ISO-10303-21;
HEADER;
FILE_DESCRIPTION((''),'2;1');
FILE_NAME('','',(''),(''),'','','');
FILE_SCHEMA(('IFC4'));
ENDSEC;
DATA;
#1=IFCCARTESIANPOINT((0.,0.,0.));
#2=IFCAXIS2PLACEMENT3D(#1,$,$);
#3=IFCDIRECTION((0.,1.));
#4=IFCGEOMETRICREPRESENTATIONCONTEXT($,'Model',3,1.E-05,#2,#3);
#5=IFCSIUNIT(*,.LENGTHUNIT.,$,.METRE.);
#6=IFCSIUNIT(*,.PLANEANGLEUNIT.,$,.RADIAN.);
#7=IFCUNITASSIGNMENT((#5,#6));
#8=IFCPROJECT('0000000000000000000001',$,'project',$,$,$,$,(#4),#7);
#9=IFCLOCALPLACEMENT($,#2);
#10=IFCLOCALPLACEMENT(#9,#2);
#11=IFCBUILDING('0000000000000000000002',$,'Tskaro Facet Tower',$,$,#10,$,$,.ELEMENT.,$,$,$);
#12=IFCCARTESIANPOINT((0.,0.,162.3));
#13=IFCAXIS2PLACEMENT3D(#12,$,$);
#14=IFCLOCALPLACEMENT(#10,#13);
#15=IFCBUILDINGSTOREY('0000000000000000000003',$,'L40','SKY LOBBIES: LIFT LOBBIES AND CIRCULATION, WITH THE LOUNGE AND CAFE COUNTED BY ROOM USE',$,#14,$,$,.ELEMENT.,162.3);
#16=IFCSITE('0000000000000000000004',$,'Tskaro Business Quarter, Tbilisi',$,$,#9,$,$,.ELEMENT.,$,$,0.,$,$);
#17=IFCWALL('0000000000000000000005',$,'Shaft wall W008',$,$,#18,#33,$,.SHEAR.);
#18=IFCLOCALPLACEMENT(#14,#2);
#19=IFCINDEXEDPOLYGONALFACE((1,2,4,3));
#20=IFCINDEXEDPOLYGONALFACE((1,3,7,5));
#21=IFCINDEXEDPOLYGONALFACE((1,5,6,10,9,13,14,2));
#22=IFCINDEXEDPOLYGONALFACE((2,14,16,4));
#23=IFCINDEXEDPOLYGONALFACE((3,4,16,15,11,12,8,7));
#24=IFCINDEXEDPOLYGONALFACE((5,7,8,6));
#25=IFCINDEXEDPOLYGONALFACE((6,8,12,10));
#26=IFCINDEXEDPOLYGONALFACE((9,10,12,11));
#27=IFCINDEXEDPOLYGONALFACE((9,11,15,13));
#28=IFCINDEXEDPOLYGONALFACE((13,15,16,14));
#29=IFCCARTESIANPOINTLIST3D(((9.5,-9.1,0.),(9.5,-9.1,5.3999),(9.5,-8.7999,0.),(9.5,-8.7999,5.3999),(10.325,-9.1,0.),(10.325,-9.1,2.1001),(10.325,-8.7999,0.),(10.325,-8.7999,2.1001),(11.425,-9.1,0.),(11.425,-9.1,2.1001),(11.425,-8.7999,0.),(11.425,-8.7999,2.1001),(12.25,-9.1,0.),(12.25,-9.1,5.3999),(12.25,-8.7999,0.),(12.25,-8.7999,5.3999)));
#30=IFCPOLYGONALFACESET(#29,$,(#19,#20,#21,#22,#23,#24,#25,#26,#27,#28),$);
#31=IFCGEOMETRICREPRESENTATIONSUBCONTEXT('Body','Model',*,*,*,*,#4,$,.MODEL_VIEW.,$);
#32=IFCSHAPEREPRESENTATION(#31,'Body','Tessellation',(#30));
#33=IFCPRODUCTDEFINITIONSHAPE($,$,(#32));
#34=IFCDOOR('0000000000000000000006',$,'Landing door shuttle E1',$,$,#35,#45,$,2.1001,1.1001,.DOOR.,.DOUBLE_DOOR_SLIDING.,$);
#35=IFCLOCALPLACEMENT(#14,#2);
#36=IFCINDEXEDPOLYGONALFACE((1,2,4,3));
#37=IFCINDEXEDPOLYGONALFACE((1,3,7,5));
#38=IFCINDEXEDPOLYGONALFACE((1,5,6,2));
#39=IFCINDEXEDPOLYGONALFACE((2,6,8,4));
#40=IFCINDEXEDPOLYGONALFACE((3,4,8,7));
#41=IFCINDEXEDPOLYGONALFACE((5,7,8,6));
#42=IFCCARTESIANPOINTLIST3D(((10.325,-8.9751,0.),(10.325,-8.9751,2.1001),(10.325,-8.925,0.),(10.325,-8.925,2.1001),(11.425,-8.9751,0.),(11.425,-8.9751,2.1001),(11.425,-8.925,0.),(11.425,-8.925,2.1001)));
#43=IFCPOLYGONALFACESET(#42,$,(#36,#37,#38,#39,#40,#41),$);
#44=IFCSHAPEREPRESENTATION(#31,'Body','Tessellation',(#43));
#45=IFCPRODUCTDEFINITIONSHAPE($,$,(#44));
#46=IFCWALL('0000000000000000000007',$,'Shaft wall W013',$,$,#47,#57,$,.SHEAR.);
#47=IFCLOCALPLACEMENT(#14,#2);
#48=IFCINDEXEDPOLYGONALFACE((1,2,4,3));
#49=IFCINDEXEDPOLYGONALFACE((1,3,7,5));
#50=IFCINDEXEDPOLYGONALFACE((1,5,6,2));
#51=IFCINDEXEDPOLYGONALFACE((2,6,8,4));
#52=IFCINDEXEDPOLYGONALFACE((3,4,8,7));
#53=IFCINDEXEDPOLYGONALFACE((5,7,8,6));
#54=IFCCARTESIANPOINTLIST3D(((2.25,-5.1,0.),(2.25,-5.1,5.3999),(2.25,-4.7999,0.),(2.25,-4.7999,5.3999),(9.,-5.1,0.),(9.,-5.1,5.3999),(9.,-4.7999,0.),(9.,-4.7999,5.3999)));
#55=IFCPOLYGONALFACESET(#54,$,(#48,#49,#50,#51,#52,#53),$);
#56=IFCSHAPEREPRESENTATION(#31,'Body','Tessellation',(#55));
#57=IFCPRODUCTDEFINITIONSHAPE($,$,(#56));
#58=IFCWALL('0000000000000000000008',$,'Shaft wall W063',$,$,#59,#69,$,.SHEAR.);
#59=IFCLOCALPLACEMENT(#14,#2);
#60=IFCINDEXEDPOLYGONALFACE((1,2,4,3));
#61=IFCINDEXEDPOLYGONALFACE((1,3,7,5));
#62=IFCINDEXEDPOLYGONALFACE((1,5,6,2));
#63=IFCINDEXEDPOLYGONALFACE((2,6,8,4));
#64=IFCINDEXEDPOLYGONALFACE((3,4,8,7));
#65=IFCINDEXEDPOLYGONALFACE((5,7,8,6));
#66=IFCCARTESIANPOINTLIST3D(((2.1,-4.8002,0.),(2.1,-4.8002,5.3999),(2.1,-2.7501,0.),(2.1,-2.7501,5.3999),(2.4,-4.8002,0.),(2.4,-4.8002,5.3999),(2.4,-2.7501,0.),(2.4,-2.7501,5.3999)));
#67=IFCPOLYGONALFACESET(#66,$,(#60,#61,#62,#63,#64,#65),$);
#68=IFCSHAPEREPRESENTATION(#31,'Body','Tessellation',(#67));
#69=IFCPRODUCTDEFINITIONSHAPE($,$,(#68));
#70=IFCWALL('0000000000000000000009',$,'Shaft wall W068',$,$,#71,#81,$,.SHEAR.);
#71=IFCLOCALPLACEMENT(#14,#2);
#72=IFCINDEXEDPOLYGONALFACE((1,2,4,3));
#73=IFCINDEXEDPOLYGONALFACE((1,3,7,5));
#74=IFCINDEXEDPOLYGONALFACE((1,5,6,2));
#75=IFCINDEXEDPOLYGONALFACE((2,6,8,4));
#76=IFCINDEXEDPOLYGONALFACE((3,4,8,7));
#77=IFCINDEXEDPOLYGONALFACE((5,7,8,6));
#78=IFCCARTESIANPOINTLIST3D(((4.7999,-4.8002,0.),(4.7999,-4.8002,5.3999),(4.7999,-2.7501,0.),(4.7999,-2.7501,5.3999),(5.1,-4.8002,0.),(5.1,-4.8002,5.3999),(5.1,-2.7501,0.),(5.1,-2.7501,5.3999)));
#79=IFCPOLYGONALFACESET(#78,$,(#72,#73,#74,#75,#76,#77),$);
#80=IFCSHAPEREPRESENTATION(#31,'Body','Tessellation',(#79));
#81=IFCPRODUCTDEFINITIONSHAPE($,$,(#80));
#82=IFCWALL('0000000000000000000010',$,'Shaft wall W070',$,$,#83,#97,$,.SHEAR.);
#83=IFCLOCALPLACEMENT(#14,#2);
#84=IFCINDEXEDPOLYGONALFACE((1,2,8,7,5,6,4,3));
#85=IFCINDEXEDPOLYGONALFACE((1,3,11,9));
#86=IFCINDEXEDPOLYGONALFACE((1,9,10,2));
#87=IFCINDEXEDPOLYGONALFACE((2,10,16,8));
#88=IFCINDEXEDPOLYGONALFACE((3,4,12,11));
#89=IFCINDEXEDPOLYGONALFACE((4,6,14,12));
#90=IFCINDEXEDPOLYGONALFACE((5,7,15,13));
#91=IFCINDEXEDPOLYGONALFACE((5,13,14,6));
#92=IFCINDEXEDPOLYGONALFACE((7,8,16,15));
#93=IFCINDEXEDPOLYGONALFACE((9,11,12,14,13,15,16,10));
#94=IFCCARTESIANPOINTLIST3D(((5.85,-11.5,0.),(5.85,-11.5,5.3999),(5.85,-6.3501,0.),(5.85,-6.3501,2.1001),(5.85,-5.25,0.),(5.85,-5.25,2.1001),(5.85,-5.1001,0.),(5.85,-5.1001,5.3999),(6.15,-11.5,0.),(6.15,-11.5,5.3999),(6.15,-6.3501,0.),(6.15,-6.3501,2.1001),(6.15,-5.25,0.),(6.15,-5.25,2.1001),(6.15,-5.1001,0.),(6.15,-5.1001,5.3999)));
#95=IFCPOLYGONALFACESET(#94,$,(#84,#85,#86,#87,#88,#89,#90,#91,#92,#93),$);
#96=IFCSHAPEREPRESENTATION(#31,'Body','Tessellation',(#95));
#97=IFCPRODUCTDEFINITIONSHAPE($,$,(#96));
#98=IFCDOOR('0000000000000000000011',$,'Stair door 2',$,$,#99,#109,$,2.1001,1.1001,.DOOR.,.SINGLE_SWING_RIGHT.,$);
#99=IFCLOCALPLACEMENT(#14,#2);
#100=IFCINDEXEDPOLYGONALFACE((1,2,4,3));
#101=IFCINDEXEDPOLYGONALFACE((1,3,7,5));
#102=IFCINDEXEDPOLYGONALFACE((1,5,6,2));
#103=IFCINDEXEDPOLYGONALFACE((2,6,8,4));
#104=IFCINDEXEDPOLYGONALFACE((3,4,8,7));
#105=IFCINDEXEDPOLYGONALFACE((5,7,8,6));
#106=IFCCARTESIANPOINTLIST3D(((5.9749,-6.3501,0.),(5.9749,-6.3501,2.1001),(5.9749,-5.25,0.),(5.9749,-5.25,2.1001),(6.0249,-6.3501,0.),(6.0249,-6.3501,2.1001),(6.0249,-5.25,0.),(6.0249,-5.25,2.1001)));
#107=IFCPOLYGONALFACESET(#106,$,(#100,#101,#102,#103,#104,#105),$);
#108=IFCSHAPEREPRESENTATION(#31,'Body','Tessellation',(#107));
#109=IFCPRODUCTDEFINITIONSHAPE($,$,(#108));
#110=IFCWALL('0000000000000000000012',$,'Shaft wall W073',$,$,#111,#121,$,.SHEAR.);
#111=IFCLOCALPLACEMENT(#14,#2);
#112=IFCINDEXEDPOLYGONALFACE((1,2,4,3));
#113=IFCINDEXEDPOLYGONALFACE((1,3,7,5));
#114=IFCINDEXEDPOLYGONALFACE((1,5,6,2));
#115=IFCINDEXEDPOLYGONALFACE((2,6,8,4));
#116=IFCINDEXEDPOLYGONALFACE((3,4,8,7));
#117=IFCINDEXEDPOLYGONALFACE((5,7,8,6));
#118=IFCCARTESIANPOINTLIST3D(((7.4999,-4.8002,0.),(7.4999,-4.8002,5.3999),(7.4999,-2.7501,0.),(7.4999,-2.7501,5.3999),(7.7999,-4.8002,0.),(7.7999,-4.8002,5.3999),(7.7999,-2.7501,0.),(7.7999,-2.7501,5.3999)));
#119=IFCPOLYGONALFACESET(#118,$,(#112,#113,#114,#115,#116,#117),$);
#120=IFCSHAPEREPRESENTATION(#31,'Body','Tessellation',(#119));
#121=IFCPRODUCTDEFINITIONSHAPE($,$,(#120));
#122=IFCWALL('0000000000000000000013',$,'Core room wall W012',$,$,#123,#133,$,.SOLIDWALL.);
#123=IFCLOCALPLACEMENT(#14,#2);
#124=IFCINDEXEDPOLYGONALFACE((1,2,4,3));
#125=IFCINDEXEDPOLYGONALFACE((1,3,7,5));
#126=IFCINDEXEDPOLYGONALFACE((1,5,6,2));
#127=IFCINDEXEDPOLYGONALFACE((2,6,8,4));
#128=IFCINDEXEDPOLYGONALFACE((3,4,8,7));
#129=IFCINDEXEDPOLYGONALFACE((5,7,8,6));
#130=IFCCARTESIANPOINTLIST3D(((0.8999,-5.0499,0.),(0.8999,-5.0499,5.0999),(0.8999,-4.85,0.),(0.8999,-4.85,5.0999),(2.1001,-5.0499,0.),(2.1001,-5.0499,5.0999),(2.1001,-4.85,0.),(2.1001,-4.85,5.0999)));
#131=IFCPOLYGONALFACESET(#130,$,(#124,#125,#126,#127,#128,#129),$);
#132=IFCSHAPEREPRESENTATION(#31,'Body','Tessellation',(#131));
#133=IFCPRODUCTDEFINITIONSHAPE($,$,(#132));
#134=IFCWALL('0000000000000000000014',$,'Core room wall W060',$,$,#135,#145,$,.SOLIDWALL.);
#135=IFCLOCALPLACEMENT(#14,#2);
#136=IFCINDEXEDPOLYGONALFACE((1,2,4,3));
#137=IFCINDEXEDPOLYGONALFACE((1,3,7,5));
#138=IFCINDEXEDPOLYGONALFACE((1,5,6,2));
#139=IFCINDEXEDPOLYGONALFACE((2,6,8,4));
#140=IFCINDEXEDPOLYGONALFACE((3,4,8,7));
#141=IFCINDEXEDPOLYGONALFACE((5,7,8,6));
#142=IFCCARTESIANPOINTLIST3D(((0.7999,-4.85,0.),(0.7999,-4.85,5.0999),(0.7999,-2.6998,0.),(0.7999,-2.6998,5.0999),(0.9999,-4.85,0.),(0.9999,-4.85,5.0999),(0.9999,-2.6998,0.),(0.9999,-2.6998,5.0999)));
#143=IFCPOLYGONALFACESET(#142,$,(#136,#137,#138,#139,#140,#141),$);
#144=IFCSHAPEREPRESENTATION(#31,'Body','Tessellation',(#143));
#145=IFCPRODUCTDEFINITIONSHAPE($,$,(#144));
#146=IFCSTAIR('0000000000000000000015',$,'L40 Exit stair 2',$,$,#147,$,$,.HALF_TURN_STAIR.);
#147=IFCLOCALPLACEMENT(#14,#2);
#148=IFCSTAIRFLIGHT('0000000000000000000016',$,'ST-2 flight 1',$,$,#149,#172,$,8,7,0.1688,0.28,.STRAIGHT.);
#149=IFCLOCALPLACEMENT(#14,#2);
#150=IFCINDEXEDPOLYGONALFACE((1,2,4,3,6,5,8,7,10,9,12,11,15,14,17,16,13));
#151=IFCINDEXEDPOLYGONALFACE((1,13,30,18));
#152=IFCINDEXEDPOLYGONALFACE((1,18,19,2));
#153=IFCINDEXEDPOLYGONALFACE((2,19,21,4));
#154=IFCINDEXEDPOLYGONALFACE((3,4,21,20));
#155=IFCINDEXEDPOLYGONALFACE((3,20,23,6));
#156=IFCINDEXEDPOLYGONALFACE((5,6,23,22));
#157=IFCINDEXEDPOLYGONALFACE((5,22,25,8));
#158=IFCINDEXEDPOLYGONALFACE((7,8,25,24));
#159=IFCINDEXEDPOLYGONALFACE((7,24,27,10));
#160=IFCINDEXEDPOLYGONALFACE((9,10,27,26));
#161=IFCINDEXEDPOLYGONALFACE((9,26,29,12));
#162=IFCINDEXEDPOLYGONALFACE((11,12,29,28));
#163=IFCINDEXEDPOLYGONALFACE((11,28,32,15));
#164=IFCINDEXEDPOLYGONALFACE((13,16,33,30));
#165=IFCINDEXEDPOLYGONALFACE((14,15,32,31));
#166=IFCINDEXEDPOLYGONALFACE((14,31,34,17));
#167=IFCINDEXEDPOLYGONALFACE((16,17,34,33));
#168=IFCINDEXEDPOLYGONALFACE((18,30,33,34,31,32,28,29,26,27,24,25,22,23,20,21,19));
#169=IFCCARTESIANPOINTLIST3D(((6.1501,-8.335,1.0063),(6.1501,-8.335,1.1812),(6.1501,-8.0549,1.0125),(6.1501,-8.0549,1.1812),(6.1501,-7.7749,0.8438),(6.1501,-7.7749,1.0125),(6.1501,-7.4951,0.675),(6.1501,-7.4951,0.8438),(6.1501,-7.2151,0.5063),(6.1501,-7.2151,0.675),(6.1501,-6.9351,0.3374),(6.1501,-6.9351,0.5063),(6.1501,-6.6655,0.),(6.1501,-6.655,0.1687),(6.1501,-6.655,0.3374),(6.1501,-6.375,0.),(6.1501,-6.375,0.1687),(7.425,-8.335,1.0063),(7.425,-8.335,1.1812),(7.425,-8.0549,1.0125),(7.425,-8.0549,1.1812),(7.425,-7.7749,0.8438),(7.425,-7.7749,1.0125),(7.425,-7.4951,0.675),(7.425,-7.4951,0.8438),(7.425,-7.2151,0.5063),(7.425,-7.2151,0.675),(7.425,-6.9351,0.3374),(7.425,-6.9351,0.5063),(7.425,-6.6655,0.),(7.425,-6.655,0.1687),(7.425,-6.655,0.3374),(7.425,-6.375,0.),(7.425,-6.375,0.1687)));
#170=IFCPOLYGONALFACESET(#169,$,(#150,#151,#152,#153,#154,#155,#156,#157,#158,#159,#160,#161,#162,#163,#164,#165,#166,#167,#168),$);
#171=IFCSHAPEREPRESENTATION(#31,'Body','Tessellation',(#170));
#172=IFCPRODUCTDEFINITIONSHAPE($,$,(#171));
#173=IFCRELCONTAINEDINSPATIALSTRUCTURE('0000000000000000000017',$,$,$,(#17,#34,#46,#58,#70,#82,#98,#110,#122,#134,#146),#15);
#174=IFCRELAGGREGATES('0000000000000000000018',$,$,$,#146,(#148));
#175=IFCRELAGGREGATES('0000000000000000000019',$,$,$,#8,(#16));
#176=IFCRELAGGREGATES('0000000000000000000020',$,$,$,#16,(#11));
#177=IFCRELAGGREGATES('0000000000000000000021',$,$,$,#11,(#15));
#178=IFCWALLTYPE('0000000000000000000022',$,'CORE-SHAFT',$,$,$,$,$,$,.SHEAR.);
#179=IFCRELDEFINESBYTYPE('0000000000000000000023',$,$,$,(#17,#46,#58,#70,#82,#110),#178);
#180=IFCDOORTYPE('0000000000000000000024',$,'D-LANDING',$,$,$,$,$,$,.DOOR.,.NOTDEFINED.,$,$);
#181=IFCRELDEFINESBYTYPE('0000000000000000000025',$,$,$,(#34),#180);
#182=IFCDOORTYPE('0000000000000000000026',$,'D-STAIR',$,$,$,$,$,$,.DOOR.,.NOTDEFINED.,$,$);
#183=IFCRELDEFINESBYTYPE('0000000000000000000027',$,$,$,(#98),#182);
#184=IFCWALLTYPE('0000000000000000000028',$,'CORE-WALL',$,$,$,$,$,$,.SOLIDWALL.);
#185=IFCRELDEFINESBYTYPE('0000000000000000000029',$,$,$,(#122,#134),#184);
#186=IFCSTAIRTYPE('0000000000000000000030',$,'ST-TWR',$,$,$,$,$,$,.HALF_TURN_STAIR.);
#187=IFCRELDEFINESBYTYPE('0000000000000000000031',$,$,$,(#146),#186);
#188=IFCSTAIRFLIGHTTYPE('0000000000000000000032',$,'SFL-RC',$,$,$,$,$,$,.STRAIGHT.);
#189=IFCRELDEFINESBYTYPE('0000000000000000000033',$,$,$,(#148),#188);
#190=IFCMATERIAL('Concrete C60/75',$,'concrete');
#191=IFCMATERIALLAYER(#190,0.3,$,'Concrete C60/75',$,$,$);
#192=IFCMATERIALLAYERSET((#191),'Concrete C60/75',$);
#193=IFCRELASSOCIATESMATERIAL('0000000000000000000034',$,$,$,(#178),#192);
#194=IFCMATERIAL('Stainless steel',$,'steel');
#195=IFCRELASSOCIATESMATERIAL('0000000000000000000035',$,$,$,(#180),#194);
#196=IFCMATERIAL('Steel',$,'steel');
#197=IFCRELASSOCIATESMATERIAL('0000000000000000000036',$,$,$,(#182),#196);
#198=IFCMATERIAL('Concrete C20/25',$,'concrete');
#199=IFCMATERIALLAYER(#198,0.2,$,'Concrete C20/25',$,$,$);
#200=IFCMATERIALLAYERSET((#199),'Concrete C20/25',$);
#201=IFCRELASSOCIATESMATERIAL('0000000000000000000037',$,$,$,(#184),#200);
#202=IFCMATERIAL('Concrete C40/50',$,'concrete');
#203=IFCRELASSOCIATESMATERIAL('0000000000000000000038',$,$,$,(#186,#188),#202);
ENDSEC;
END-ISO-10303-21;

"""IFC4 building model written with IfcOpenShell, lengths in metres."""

from ifc_helpers import new_model, si_unit, direction, frame, frame_2d, origin, place, context, subcontext, project, spatial, polyline, rectangle, outline, extrude, material, layer, layer_set, type_object, element, fill, aggregate, save


model = new_model("IFC4")

# Units and contexts
model_context = context("Model", 3, precision=1e-05, world=origin(), true_north=direction((0.0, 1.0)))
body_context = subcontext(model_context, "Body", "Model", "MODEL_VIEW")
ifc_project = project(units=[si_unit("LENGTHUNIT", "METRE"), si_unit("PLANEANGLEUNIT", "RADIAN")], contexts=[model_context])

# Site, building, storey
site_placement = place(None, origin())
site = spatial("IfcSite", under=ifc_project, at=site_placement, Name="Tskaro Business Quarter, Tbilisi", CompositionType="ELEMENT", RefElevation=0.0)
building_placement = place(site_placement, origin())
building = spatial("IfcBuilding", under=site, at=building_placement, Name="Tskaro Facet Tower", CompositionType="ELEMENT")
storey_placement = place(building_placement, frame((0.0, 0.0, 162.3)))
storey = spatial("IfcBuildingStorey", under=building, at=storey_placement, Name="L40", Description="SKY LOBBIES: LIFT LOBBIES AND CIRCULATION, WITH THE LOUNGE AND CAFE COUNTED BY ROOM USE", CompositionType="ELEMENT", Elevation=162.3)

# Wall, opening, door
ifc_material_1 = material(Name="Concrete C60/75", Category="concrete")
ifc_layer_1 = layer(ifc_material_1, 0.3, Name="Concrete C60/75")
ifc_layer_set_1 = layer_set([ifc_layer_1], Name="Concrete C60/75")
wall_type_1 = type_object("IfcWallType", Name="CORE-SHAFT", PredefinedType="SHEAR", material=ifc_layer_set_1)
wall_1_placement = place(storey_placement, frame((9.5, -8.95, 0.0), z_axis=(0.0, 0.0, 1.0), x_axis=(1.0, 0.0, 0.0)))
wall_1 = element("IfcWall", 1, at=wall_1_placement, inside=storey, type_object=wall_type_1, Name="Shaft wall W008", PredefinedType="SHEAR", context=body_context, shape_type="SweptSolid", body=[
    extrude(rectangle(XDim=2.75, YDim=0.3, at=frame_2d((1.375, 0.0))), origin(), (0.0, 0.0, 1.0), 5.3999),
])
opening_1_placement = place(wall_1_placement, frame((0.825, 0.0, 0.0)))
opening_1 = element("IfcOpeningElement", 2, at=opening_1_placement, cuts=wall_1, PredefinedType="OPENING", context=body_context, shape_type="SweptSolid", body=[
    extrude(rectangle(XDim=1.1001, YDim=2.1001, at=frame_2d((0.55, 1.05))), frame((0.0, 0.1599, 0.0), z_axis=(0.0, -1.0, 0.0), x_axis=(1.0, 0.0, 0.0)), (0.0, 0.0, 1.0), 0.3201),
])
ifc_material_2 = material(Name="Stainless steel", Category="steel")
door_type_1 = type_object("IfcDoorType", Name="D-LANDING", OperationType="NOTDEFINED", PredefinedType="DOOR", material=ifc_material_2)
door_1_placement = place(opening_1_placement, origin())
door_1 = element("IfcDoor", 3, at=door_1_placement, inside=storey, type_object=door_type_1, Name="Landing door shuttle E1", OperationType="DOUBLE_DOOR_SLIDING", OverallHeight=2.1001, OverallWidth=1.1001, PredefinedType="DOOR", context=body_context, shape_type="SweptSolid", body=[
    extrude(rectangle(XDim=1.1001, YDim=2.1001, at=frame_2d((0.55, 1.05))), frame((0.0, 0.0249, 0.0), z_axis=(0.0, -1.0, 0.0), x_axis=(1.0, 0.0, 0.0)), (0.0, 0.0, 1.0), 0.05),
])
fill(opening_1, door_1)

# Walls
wall_2_placement = place(storey_placement, frame((2.25, -4.95, 0.0), z_axis=(0.0, 0.0, 1.0), x_axis=(1.0, 0.0, 0.0)))
element("IfcWall", 4, at=wall_2_placement, inside=storey, type_object=wall_type_1, Name="Shaft wall W013", PredefinedType="SHEAR", context=body_context, shape_type="SweptSolid", body=[
    extrude(rectangle(XDim=6.75, YDim=0.3, at=frame_2d((3.375, 0.0))), origin(), (0.0, 0.0, 1.0), 5.3999),
])
for number, where, z_axis, x_axis, name in (
    (5, (2.25, -4.8, 0.0), (0.0, 0.0, 1.0), (0.0, 1.0, 0.0), "Shaft wall W063"),
    (6, (4.95, -4.8, 0.0), (0.0, 0.0, 1.0), (0.0, 1.0, 0.0), "Shaft wall W068"),
):
    element("IfcWall", number, at=place(storey_placement, frame(where, z_axis=z_axis, x_axis=x_axis)), inside=storey, type_object=wall_type_1, Name=name, PredefinedType="SHEAR", context=body_context, shape_type="SweptSolid", body=[
        extrude(rectangle(XDim=2.05, YDim=0.3, at=frame_2d((1.0249, 0.0))), origin(), (0.0, 0.0, 1.0), 5.3999),
    ])

# Wall, opening, door
wall_3_placement = place(storey_placement, frame((6.0, -5.1001, 0.0), z_axis=(0.0, 0.0, 1.0), x_axis=(0.0, -1.0, 0.0)))
wall_3 = element("IfcWall", 7, at=wall_3_placement, inside=storey, type_object=wall_type_1, Name="Shaft wall W070", PredefinedType="SHEAR", context=body_context, shape_type="SweptSolid", body=[
    extrude(rectangle(XDim=6.3999, YDim=0.3, at=frame_2d((3.2, 0.0))), origin(), (0.0, 0.0, 1.0), 5.3999),
])
opening_2_placement = place(wall_3_placement, frame((0.1499, 0.0, 0.0)))
opening_2 = element("IfcOpeningElement", 8, at=opening_2_placement, cuts=wall_3, PredefinedType="OPENING", context=body_context, shape_type="SweptSolid", body=[
    extrude(rectangle(XDim=1.1001, YDim=2.1001, at=frame_2d((0.55, 1.05))), frame((0.0, 0.1599, 0.0), z_axis=(0.0, -1.0, 0.0), x_axis=(1.0, 0.0, 0.0)), (0.0, 0.0, 1.0), 0.3201),
])
ifc_material_3 = material(Name="Steel", Category="steel")
door_type_2 = type_object("IfcDoorType", Name="D-STAIR", OperationType="NOTDEFINED", PredefinedType="DOOR", material=ifc_material_3)
door_2_placement = place(opening_2_placement, origin())
door_2 = element("IfcDoor", 9, at=door_2_placement, inside=storey, type_object=door_type_2, Name="Stair door 2", OperationType="SINGLE_SWING_RIGHT", OverallHeight=2.1001, OverallWidth=1.1001, PredefinedType="DOOR", context=body_context, shape_type="SweptSolid", body=[
    extrude(rectangle(XDim=1.1001, YDim=2.1001, at=frame_2d((0.55, 1.05))), frame((0.0, 0.0249, 0.0), z_axis=(0.0, -1.0, 0.0), x_axis=(1.0, 0.0, 0.0)), (0.0, 0.0, 1.0), 0.05),
])
fill(opening_2, door_2)

# Walls
wall_4_placement = place(storey_placement, frame((7.6499, -4.8, 0.0), z_axis=(0.0, 0.0, 1.0), x_axis=(0.0, 1.0, 0.0)))
element("IfcWall", 10, at=wall_4_placement, inside=storey, type_object=wall_type_1, Name="Shaft wall W073", PredefinedType="SHEAR", context=body_context, shape_type="SweptSolid", body=[
    extrude(rectangle(XDim=2.05, YDim=0.3, at=frame_2d((1.0249, 0.0))), origin(), (0.0, 0.0, 1.0), 5.3999),
])
ifc_material_4 = material(Name="Concrete C20/25", Category="concrete")
ifc_layer_2 = layer(ifc_material_4, 0.2, Name="Concrete C20/25")
ifc_layer_set_2 = layer_set([ifc_layer_2], Name="Concrete C20/25")
wall_type_2 = type_object("IfcWallType", Name="CORE-WALL", PredefinedType="SOLIDWALL", material=ifc_layer_set_2)
wall_5_placement = place(storey_placement, frame((0.8999, -4.95, 0.0), z_axis=(0.0, 0.0, 1.0), x_axis=(1.0, 0.0, 0.0)))
element("IfcWall", 11, at=wall_5_placement, inside=storey, type_object=wall_type_2, Name="Core room wall W012", PredefinedType="SOLIDWALL", context=body_context, shape_type="SweptSolid", body=[
    extrude(rectangle(XDim=1.2002, YDim=0.2, at=frame_2d((0.6001, 0.0))), origin(), (0.0, 0.0, 1.0), 5.0999),
])
wall_6_placement = place(storey_placement, frame((0.8999, -4.8501, 0.0), z_axis=(0.0, 0.0, 1.0), x_axis=(0.0, 1.0, 0.0)))
element("IfcWall", 12, at=wall_6_placement, inside=storey, type_object=wall_type_2, Name="Core room wall W060", PredefinedType="SOLIDWALL", context=body_context, shape_type="SweptSolid", body=[
    extrude(rectangle(XDim=2.1501, YDim=0.2, at=frame_2d((1.0752, 0.0))), origin(), (0.0, 0.0, 1.0), 5.0999),
])

# Stair, stair flight
ifc_material_5 = material(Name="Concrete C40/50", Category="concrete")
stair_type = type_object("IfcStairType", Name="ST-TWR", PredefinedType="HALF_TURN_STAIR", material=ifc_material_5)
stair_placement = place(storey_placement, origin())
stair = element("IfcStair", 13, at=stair_placement, inside=storey, type_object=stair_type, Name="L40 Exit stair 2", PredefinedType="HALF_TURN_STAIR")
stair_flight_type = type_object("IfcStairFlightType", Name="SFL-RC", PredefinedType="STRAIGHT", material=ifc_material_5)
stair_flight_1_placement = place(storey_placement, frame((6.7876, -6.375, 0.0), z_axis=(0.0, 0.0, 1.0), x_axis=(0.0, -1.0, 0.0)))
stair_flight_1 = element("IfcStairFlight", 14, at=stair_flight_1_placement, type_object=stair_flight_type, Name="ST-2 flight 1", NumberOfRisers=8, NumberOfTreads=7, PredefinedType="STRAIGHT", RiserHeight=0.1688, TreadLength=0.28, context=body_context, shape_type="SweptSolid", body=[
    extrude(outline(polyline([(0.0, 0.0), (0.0, 0.1687), (0.28, 0.1687), (0.28, 0.3374), (0.5601, 0.3374), (0.5601, 0.5063), (0.8401, 0.5063), (0.8401, 0.675), (1.1201, 0.675), (1.1201, 0.8438), (1.3999, 0.8438), (1.3999, 1.0125), (1.6799, 1.0125), (1.6799, 1.1812), (1.96, 1.1812), (1.96, 1.3501), (1.96, 1.0063), (0.2905, 0.0), (0.0, 0.0)])), frame((0.0, 0.6375, 0.0), z_axis=(0.0, -1.0, 0.0), x_axis=(1.0, 0.0, 0.0)), (0.0, 0.0, 1.0), 1.2749),
])
aggregate(stair, [stair_flight_1])

save(model, "model.ifc")
